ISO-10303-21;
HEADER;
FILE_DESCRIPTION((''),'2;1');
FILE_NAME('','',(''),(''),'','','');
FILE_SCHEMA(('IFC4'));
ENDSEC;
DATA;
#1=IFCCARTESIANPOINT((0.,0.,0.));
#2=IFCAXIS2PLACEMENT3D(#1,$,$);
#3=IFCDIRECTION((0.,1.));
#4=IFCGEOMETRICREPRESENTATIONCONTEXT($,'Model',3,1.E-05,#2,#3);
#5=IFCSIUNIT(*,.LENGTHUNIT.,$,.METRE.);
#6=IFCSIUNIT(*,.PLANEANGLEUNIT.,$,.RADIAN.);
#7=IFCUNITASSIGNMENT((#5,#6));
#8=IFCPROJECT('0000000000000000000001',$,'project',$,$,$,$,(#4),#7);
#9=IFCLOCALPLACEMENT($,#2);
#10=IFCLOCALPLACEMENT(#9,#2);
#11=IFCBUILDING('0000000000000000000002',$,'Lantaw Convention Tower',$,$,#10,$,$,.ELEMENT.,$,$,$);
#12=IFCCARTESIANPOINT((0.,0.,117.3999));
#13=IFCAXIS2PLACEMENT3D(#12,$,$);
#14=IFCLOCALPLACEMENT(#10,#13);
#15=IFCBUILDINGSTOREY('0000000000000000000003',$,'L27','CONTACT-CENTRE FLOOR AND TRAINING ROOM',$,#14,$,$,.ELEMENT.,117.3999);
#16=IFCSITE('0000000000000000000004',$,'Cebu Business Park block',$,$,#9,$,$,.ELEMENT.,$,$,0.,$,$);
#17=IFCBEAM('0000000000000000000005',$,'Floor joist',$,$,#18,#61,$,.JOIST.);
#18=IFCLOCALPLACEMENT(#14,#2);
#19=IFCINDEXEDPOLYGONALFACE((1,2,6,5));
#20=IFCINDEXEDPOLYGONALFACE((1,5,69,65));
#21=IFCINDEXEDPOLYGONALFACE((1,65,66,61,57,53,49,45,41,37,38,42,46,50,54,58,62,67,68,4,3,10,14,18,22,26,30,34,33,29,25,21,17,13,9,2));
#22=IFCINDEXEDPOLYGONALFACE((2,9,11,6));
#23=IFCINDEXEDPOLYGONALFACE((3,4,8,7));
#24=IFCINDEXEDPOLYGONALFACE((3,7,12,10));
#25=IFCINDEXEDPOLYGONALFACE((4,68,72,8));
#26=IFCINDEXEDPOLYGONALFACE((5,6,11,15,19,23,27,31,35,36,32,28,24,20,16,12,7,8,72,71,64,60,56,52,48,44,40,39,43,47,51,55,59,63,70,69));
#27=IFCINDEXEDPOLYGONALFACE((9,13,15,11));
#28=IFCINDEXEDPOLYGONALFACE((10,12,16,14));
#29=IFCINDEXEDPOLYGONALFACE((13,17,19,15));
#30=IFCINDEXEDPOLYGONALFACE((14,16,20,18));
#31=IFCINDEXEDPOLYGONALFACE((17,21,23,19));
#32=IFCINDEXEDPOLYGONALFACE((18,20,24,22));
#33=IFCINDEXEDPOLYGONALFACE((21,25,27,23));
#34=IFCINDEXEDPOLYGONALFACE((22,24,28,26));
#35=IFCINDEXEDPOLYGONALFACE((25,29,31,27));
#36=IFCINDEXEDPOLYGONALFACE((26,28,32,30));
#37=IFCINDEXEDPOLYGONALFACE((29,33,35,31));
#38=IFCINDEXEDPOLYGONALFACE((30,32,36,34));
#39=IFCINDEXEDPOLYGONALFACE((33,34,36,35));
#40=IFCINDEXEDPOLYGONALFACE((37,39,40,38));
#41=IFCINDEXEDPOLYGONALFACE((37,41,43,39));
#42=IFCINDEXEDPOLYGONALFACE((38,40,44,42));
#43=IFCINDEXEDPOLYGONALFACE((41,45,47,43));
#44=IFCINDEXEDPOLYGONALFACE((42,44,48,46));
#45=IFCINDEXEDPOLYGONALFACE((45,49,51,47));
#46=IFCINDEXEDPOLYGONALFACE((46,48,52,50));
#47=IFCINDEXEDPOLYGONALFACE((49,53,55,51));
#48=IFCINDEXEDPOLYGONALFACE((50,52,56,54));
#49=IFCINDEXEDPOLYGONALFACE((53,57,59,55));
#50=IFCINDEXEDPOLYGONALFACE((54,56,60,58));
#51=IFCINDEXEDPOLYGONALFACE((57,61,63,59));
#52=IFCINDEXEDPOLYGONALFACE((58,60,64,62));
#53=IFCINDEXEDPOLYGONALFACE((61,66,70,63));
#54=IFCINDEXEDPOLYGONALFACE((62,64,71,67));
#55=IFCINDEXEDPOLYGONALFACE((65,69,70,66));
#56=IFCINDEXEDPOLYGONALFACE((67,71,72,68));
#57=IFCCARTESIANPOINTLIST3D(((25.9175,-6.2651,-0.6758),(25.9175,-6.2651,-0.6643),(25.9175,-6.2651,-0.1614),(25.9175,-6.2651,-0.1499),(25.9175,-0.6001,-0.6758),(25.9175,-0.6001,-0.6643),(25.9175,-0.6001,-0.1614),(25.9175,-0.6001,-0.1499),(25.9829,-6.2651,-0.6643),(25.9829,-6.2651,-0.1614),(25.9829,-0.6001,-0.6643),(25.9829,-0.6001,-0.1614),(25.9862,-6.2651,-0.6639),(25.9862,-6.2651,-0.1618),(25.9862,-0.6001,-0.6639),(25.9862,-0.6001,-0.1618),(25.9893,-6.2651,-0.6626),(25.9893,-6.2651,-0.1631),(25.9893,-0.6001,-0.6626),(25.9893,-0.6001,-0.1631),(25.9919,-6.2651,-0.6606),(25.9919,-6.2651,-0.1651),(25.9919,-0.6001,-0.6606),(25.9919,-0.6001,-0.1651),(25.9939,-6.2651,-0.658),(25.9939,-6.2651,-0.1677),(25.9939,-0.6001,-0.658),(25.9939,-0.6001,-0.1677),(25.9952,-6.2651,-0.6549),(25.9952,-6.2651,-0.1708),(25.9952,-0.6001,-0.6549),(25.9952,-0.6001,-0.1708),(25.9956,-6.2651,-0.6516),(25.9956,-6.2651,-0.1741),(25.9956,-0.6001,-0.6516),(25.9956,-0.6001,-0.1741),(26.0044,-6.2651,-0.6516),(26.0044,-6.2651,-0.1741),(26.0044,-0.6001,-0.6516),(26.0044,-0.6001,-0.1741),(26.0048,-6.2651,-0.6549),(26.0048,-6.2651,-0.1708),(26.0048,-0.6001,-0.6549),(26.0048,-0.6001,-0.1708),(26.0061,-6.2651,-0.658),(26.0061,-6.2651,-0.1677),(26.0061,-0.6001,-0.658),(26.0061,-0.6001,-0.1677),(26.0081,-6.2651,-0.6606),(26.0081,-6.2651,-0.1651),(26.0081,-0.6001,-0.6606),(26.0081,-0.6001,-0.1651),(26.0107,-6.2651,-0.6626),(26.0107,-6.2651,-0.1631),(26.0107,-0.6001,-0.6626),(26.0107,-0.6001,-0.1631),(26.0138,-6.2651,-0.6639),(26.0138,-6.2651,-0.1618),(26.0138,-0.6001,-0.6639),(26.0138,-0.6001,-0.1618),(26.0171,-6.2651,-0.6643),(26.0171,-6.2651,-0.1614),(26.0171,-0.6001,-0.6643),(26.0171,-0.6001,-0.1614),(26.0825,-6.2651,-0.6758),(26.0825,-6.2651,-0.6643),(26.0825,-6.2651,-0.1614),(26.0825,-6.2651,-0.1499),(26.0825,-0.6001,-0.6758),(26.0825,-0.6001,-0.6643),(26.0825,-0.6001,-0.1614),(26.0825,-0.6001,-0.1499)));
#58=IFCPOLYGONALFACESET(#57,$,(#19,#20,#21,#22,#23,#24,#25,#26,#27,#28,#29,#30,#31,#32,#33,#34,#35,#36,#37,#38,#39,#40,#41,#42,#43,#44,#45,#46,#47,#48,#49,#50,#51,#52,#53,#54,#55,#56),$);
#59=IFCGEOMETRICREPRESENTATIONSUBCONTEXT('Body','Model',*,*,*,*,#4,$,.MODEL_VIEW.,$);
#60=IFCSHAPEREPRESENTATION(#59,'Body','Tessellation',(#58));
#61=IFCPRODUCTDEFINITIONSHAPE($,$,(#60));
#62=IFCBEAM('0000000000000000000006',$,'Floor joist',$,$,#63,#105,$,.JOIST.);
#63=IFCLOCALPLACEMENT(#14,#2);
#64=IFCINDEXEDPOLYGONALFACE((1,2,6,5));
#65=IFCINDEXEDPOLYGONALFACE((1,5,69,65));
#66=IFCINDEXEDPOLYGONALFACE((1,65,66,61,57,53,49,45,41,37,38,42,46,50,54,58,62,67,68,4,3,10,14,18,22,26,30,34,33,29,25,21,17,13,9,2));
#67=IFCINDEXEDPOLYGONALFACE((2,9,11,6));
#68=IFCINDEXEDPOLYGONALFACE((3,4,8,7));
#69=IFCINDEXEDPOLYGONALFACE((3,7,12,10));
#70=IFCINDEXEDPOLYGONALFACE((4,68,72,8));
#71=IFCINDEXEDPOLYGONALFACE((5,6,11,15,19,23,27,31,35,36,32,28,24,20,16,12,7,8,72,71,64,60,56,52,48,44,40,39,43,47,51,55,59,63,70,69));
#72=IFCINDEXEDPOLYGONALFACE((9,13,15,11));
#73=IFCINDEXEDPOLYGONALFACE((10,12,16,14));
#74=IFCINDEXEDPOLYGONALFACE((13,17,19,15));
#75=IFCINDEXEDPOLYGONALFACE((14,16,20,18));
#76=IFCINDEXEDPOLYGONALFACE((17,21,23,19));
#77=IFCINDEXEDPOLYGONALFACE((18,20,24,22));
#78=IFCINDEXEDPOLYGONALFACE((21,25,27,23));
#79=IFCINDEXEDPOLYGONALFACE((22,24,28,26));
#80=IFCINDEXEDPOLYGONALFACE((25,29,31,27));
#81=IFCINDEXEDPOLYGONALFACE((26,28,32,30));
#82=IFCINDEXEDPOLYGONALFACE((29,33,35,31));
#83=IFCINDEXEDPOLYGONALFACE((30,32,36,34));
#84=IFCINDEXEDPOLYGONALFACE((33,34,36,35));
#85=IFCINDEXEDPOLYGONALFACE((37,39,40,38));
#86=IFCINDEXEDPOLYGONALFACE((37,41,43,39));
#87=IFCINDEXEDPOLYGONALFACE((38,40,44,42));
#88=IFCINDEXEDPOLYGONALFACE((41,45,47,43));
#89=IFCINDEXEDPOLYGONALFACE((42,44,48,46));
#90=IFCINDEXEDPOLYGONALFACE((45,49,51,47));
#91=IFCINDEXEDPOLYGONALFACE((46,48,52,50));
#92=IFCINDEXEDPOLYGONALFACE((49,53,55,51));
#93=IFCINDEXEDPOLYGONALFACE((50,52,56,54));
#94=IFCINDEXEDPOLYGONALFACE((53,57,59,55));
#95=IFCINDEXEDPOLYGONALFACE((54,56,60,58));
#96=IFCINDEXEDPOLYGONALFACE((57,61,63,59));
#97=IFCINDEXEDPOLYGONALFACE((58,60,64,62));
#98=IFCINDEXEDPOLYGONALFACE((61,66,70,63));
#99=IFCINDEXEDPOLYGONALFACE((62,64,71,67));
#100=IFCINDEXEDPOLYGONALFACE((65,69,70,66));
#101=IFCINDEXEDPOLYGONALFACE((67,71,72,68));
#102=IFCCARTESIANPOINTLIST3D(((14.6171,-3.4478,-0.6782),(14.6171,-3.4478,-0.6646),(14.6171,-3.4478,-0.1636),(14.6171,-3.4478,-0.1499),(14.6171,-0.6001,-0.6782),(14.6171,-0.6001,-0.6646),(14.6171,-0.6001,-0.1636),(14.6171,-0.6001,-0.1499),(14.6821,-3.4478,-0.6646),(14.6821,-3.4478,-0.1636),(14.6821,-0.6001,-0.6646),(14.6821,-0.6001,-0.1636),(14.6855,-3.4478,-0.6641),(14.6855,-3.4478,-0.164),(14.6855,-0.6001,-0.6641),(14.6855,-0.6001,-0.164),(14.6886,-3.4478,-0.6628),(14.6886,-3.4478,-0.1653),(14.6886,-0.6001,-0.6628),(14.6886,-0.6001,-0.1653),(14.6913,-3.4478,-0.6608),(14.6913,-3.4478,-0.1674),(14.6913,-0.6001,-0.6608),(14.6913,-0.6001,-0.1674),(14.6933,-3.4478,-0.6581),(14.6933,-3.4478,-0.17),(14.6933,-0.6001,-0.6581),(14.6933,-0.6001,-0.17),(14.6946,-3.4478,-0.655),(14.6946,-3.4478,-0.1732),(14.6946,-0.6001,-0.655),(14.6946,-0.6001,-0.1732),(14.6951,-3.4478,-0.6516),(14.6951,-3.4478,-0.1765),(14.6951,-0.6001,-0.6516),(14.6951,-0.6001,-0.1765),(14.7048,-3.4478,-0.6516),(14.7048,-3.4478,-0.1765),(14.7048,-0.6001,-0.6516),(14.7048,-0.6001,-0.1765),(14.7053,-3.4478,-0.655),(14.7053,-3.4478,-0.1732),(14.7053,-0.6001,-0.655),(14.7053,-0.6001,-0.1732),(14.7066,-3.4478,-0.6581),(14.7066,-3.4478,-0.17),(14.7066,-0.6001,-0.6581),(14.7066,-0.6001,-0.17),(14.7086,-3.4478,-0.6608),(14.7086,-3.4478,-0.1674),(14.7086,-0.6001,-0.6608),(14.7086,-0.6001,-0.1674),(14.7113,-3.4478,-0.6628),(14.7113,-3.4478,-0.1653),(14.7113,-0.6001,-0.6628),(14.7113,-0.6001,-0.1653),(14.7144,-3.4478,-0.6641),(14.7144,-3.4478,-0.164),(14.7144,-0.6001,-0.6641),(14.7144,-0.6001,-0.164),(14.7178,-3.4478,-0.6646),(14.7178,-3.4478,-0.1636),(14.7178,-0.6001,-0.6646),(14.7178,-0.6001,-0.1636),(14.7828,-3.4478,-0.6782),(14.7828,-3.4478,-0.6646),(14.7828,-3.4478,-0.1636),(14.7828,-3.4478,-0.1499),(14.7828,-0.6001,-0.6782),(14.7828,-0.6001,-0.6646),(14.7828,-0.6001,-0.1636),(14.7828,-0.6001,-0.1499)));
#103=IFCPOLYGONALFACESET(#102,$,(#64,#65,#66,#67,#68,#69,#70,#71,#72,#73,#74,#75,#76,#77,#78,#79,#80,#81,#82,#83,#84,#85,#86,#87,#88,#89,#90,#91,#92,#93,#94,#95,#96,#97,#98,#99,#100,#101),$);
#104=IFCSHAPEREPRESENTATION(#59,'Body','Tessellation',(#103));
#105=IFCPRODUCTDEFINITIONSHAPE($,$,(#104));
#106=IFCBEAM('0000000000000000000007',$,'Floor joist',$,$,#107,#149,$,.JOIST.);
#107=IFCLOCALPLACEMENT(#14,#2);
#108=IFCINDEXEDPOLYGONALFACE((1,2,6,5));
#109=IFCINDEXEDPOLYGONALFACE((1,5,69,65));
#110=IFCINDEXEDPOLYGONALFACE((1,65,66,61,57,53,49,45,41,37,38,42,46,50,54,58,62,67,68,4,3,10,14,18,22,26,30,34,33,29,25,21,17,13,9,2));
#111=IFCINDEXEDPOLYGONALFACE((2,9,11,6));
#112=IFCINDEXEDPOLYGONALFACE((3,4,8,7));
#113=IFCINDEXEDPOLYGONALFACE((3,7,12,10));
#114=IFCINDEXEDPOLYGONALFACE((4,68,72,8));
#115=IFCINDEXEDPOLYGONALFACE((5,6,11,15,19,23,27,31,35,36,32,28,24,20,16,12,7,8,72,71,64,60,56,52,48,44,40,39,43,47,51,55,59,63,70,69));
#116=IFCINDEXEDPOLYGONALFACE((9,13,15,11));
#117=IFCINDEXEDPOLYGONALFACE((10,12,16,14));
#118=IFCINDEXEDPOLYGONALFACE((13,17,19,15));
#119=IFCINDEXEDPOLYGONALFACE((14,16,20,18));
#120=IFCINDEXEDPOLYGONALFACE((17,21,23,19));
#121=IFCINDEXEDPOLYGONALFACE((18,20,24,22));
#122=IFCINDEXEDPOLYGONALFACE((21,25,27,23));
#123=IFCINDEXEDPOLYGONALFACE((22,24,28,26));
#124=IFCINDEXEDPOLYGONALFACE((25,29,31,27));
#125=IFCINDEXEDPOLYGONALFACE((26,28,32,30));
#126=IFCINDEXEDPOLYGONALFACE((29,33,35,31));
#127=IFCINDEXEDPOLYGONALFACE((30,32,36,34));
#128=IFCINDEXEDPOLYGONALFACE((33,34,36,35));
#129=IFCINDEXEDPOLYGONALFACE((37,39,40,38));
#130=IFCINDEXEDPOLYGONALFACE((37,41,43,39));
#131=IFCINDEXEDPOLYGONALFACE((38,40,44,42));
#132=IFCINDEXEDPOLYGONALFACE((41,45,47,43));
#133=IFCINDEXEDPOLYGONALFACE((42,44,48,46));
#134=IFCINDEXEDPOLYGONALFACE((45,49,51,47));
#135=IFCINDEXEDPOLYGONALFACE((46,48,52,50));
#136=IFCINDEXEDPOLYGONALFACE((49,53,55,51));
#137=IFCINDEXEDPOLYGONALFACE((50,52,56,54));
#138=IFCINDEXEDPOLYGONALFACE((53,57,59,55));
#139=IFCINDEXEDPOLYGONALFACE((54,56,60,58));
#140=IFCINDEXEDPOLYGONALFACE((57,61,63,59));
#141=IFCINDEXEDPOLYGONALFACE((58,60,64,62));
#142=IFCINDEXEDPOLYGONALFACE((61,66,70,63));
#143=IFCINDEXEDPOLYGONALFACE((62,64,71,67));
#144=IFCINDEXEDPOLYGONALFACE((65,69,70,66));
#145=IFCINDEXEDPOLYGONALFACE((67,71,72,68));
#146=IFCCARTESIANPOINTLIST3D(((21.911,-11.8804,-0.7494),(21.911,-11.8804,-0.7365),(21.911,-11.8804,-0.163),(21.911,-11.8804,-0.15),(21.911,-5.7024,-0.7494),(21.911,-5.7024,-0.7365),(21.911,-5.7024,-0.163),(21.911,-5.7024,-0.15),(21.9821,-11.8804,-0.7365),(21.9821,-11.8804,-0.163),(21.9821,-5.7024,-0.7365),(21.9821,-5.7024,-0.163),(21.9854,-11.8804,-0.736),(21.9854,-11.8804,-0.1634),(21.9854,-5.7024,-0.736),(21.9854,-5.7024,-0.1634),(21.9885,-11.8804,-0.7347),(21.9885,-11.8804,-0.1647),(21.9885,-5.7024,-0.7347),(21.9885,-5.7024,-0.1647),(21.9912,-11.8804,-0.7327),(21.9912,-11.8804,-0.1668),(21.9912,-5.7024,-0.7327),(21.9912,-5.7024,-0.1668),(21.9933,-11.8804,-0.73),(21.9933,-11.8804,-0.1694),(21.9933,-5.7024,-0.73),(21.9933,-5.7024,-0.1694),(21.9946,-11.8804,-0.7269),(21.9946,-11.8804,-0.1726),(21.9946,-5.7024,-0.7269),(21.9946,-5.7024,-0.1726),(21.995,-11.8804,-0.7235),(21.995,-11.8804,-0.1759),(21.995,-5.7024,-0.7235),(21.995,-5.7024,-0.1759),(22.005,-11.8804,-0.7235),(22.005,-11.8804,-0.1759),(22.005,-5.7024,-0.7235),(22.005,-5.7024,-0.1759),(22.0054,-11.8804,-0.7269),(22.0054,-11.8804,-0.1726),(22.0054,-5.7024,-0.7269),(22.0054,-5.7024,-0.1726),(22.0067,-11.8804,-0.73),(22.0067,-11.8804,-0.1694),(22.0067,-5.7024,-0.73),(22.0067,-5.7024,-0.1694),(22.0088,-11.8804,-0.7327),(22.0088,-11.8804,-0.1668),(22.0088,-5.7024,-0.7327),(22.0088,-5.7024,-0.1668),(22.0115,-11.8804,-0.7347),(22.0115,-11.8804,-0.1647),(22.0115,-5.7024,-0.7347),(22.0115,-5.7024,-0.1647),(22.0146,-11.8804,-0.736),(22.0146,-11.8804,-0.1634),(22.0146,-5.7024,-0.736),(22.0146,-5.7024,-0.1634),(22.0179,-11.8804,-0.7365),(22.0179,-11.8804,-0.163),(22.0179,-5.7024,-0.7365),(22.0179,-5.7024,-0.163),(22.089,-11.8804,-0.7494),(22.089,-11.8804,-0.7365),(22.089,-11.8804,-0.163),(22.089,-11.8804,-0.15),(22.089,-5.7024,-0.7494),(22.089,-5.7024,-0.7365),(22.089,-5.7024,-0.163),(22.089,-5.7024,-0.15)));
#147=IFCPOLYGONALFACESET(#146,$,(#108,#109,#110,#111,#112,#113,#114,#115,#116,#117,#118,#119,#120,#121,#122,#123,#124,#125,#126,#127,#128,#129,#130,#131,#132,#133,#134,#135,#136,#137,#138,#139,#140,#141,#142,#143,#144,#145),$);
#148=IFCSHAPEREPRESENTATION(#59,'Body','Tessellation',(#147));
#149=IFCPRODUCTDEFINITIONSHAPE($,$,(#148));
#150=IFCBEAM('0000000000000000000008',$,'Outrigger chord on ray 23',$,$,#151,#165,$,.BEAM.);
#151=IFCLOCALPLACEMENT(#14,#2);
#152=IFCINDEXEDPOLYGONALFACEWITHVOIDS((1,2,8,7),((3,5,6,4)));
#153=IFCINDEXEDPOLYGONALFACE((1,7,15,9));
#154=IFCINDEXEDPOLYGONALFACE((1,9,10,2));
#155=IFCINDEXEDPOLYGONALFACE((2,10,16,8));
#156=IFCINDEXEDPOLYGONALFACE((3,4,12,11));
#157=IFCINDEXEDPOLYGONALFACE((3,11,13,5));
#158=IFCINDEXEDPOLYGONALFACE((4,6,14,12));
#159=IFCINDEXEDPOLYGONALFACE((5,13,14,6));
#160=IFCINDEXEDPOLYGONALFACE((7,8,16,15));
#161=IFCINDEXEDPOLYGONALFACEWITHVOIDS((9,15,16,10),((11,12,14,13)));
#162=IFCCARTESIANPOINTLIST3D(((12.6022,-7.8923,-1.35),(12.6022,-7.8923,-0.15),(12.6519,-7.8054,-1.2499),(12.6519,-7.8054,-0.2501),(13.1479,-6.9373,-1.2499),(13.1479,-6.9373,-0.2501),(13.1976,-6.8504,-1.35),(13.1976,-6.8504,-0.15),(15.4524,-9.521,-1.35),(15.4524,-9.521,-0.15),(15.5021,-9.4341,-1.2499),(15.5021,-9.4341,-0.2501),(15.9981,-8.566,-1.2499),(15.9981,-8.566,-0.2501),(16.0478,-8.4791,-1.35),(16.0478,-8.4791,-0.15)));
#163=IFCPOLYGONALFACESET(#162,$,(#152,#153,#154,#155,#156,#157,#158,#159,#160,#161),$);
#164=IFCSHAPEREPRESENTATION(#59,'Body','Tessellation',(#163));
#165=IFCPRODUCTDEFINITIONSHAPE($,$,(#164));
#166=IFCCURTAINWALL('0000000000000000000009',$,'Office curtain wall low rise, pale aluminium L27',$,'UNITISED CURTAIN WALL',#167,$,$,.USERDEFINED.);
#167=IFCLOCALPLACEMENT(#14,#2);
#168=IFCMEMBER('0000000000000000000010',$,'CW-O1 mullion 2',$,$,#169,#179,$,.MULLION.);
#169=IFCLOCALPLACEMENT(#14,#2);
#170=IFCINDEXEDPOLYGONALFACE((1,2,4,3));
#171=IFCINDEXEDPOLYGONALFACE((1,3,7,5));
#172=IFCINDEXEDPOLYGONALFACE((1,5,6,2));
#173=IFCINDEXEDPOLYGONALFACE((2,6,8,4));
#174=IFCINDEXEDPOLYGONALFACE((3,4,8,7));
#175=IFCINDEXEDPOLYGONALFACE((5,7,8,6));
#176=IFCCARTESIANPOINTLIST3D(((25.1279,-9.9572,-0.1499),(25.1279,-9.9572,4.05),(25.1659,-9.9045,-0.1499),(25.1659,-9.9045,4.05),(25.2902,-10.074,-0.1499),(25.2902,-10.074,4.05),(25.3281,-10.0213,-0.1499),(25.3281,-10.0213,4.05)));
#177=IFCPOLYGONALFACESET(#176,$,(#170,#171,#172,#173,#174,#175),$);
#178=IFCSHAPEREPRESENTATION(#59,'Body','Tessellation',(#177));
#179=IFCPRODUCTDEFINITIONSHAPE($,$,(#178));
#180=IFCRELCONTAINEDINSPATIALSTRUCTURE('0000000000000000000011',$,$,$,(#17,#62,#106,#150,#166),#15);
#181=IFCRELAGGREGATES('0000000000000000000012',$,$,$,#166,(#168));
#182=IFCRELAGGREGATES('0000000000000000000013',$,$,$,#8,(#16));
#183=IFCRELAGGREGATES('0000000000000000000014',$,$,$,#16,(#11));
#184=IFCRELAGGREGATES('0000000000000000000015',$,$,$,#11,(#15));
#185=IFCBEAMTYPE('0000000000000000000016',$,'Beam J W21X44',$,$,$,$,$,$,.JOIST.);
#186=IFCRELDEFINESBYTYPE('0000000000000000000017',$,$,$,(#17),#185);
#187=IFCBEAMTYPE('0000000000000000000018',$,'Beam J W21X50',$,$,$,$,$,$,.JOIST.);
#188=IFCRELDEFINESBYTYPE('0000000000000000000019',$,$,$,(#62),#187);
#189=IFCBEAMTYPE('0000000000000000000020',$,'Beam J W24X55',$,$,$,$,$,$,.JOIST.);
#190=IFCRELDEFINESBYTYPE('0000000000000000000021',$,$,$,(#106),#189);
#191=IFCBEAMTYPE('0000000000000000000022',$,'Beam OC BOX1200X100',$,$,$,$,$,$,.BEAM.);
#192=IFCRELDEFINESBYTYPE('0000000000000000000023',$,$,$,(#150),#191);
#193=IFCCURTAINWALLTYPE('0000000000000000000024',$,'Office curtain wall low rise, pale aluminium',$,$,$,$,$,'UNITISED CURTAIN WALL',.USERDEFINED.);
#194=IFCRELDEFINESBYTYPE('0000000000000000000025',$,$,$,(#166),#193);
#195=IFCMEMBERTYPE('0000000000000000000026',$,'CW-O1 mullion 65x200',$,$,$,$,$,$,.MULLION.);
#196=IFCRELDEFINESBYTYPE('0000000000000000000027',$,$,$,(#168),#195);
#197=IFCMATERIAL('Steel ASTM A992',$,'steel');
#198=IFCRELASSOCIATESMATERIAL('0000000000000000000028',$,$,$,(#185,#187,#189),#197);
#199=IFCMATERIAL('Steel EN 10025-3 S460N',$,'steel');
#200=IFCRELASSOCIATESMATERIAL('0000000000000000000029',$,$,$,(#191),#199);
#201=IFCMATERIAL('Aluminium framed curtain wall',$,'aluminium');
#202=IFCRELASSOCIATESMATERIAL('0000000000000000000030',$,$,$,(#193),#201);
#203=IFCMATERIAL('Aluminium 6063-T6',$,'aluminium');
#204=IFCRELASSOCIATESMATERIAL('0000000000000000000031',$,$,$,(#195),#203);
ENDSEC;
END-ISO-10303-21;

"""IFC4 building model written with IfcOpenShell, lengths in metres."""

from ifc_helpers import new_model, si_unit, direction, frame, origin, origin_2d, place, context, subcontext, project, spatial, rectangle, hollow_rectangle, i_section, extrude, material, material_profile, profile_set, type_object, element, aggregate, save


model = new_model("IFC4")

# Units and contexts
model_context = context("Model", 3, precision=1e-05, world=origin(), true_north=direction((0.0, 1.0)))
body_context = subcontext(model_context, "Body", "Model", "MODEL_VIEW")
ifc_project = project(units=[si_unit("LENGTHUNIT", "METRE"), si_unit("PLANEANGLEUNIT", "RADIAN")], contexts=[model_context])

# Site, building, storey
site_placement = place(None, origin())
site = spatial("IfcSite", under=ifc_project, at=site_placement, Name="Cebu Business Park block", CompositionType="ELEMENT", RefElevation=0.0)
building_placement = place(site_placement, origin())
building = spatial("IfcBuilding", under=site, at=building_placement, Name="Lantaw Convention Tower", CompositionType="ELEMENT")
storey_placement = place(building_placement, frame((0.0, 0.0, 117.3999)))
storey = spatial("IfcBuildingStorey", under=building, at=storey_placement, Name="L27", Description="CONTACT-CENTRE FLOOR AND TRAINING ROOM", CompositionType="ELEMENT", Elevation=117.3999)

# Shared definitions
ifc_material_1 = material(Name="Steel EN 10025-3 S460N", Category="steel")

# Beams
ifc_material_2 = material(Name="Steel ASTM A992", Category="steel")
ifc_material_profile_1 = material_profile(ifc_material_2, i_section(OverallWidth=0.165, OverallDepth=0.5259, WebThickness=0.0088, FlangeThickness=0.0115, FilletRadius=0.0127, at=origin_2d()), Name="W21X44")
ifc_profile_set_1 = profile_set([ifc_material_profile_1], Name="Steel ASTM A992")
beam_type_1 = type_object("IfcBeamType", Name="Beam J W21X44", PredefinedType="JOIST", material=ifc_profile_set_1)
beam_1_placement = place(storey_placement, frame((26.0, -6.2651, -0.4128), z_axis=(0.0, 1.0, 0.0), x_axis=(-1.0, 0.0, 0.0)))
element("IfcBeam", 1, at=beam_1_placement, inside=storey, type_object=beam_type_1, Name="Floor joist", PredefinedType="JOIST", context=body_context, shape_type="SweptSolid", body=[
    extrude(i_section(OverallWidth=0.165, OverallDepth=0.5259, WebThickness=0.0088, FlangeThickness=0.0115, FilletRadius=0.0127, at=origin_2d()), origin(), (0.0, 0.0, 1.0), 5.665),
])
ifc_material_profile_2 = material_profile(ifc_material_2, i_section(OverallWidth=0.1658, OverallDepth=0.5283, WebThickness=0.0098, FlangeThickness=0.0137, FilletRadius=0.0129, at=origin_2d()), Name="W21X50")
ifc_profile_set_2 = profile_set([ifc_material_profile_2], Name="Steel ASTM A992")
beam_type_2 = type_object("IfcBeamType", Name="Beam J W21X50", PredefinedType="JOIST", material=ifc_profile_set_2)
beam_2_placement = place(storey_placement, frame((14.7, -3.4478, -0.4141), z_axis=(0.0, 1.0, 0.0), x_axis=(-1.0, 0.0, 0.0)))
element("IfcBeam", 2, at=beam_2_placement, inside=storey, type_object=beam_type_2, Name="Floor joist", PredefinedType="JOIST", context=body_context, shape_type="SweptSolid", body=[
    extrude(i_section(OverallWidth=0.1658, OverallDepth=0.5283, WebThickness=0.0098, FlangeThickness=0.0137, FilletRadius=0.0129, at=origin_2d()), origin(), (0.0, 0.0, 1.0), 2.8477),
])
ifc_material_profile_3 = material_profile(ifc_material_2, i_section(OverallWidth=0.178, OverallDepth=0.5994, WebThickness=0.01, FlangeThickness=0.0129, FilletRadius=0.0129, at=origin_2d()), Name="W24X55")
ifc_profile_set_3 = profile_set([ifc_material_profile_3], Name="Steel ASTM A992")
beam_type_3 = type_object("IfcBeamType", Name="Beam J W24X55", PredefinedType="JOIST", material=ifc_profile_set_3)
beam_3_placement = place(storey_placement, frame((22.0, -11.8804, -0.4497), z_axis=(0.0, 1.0, 0.0), x_axis=(-1.0, 0.0, 0.0)))
element("IfcBeam", 3, at=beam_3_placement, inside=storey, type_object=beam_type_3, Name="Floor joist", PredefinedType="JOIST", context=body_context, shape_type="SweptSolid", body=[
    extrude(i_section(OverallWidth=0.178, OverallDepth=0.5994, WebThickness=0.01, FlangeThickness=0.0129, FilletRadius=0.0129, at=origin_2d()), origin(), (0.0, 0.0, 1.0), 6.178),
])
ifc_material_profile_4 = material_profile(ifc_material_1, hollow_rectangle(XDim=1.2, YDim=1.2, WallThickness=0.1001, at=origin_2d()), Name="BOX1200X100")
ifc_profile_set_4 = profile_set([ifc_material_profile_4], Name="Steel EN 10025-3 S460N")
beam_type_4 = type_object("IfcBeamType", Name="Beam OC BOX1200X100", PredefinedType="BEAM", material=ifc_profile_set_4)
beam_4_placement = place(storey_placement, frame((12.8999, -7.3713, -0.75), z_axis=(0.868239, -0.496147, 0.0), x_axis=(0.496147, 0.868239, 0.0)))
element("IfcBeam", 4, at=beam_4_placement, inside=storey, type_object=beam_type_4, Name="Outrigger chord on ray 23", PredefinedType="BEAM", context=body_context, shape_type="SweptSolid", body=[
    extrude(hollow_rectangle(XDim=1.2, YDim=1.2, WallThickness=0.1001, at=origin_2d()), origin(), (0.0, 0.0, 1.0), 3.2827),
])

# Curtain wall, member
ifc_material_3 = material(Name="Aluminium framed curtain wall", Category="aluminium")
curtain_wall_type = type_object("IfcCurtainWallType", Name="Office curtain wall low rise, pale aluminium", ElementType="UNITISED CURTAIN WALL", PredefinedType="USERDEFINED", material=ifc_material_3)
curtain_wall_1_placement = place(storey_placement, origin())
curtain_wall_1 = element("IfcCurtainWall", 5, at=curtain_wall_1_placement, inside=storey, type_object=curtain_wall_type, Name="Office curtain wall low rise, pale aluminium L27", ObjectType="UNITISED CURTAIN WALL", PredefinedType="USERDEFINED")
ifc_material_4 = material(Name="Aluminium 6063-T6", Category="aluminium")
ifc_material_profile_5 = material_profile(ifc_material_4, rectangle(XDim=0.2, YDim=0.0649, at=origin_2d()), Name="CW-O1 mullion 65x200")
ifc_profile_set_5 = profile_set([ifc_material_profile_5], Name="Aluminium 6063-T6")
member_type_1 = type_object("IfcMemberType", Name="CW-O1 mullion 65x200", PredefinedType="MULLION", material=ifc_profile_set_5)
member_1_placement = place(storey_placement, frame((25.228, -9.9893, -0.1499), z_axis=(0.0, 0.0, 1.0), x_axis=(-0.811385, 0.584513, 0.0)))
member_1 = element("IfcMember", 6, at=member_1_placement, type_object=member_type_1, Name="CW-O1 mullion 2", PredefinedType="MULLION", context=body_context, shape_type="SweptSolid", body=[
    extrude(rectangle(XDim=0.2, YDim=0.0649, at=origin_2d()), origin(), (0.0, 0.0, 1.0), 4.2),
])

aggregate(curtain_wall_1, [member_1])

save(model, "model.ifc")
